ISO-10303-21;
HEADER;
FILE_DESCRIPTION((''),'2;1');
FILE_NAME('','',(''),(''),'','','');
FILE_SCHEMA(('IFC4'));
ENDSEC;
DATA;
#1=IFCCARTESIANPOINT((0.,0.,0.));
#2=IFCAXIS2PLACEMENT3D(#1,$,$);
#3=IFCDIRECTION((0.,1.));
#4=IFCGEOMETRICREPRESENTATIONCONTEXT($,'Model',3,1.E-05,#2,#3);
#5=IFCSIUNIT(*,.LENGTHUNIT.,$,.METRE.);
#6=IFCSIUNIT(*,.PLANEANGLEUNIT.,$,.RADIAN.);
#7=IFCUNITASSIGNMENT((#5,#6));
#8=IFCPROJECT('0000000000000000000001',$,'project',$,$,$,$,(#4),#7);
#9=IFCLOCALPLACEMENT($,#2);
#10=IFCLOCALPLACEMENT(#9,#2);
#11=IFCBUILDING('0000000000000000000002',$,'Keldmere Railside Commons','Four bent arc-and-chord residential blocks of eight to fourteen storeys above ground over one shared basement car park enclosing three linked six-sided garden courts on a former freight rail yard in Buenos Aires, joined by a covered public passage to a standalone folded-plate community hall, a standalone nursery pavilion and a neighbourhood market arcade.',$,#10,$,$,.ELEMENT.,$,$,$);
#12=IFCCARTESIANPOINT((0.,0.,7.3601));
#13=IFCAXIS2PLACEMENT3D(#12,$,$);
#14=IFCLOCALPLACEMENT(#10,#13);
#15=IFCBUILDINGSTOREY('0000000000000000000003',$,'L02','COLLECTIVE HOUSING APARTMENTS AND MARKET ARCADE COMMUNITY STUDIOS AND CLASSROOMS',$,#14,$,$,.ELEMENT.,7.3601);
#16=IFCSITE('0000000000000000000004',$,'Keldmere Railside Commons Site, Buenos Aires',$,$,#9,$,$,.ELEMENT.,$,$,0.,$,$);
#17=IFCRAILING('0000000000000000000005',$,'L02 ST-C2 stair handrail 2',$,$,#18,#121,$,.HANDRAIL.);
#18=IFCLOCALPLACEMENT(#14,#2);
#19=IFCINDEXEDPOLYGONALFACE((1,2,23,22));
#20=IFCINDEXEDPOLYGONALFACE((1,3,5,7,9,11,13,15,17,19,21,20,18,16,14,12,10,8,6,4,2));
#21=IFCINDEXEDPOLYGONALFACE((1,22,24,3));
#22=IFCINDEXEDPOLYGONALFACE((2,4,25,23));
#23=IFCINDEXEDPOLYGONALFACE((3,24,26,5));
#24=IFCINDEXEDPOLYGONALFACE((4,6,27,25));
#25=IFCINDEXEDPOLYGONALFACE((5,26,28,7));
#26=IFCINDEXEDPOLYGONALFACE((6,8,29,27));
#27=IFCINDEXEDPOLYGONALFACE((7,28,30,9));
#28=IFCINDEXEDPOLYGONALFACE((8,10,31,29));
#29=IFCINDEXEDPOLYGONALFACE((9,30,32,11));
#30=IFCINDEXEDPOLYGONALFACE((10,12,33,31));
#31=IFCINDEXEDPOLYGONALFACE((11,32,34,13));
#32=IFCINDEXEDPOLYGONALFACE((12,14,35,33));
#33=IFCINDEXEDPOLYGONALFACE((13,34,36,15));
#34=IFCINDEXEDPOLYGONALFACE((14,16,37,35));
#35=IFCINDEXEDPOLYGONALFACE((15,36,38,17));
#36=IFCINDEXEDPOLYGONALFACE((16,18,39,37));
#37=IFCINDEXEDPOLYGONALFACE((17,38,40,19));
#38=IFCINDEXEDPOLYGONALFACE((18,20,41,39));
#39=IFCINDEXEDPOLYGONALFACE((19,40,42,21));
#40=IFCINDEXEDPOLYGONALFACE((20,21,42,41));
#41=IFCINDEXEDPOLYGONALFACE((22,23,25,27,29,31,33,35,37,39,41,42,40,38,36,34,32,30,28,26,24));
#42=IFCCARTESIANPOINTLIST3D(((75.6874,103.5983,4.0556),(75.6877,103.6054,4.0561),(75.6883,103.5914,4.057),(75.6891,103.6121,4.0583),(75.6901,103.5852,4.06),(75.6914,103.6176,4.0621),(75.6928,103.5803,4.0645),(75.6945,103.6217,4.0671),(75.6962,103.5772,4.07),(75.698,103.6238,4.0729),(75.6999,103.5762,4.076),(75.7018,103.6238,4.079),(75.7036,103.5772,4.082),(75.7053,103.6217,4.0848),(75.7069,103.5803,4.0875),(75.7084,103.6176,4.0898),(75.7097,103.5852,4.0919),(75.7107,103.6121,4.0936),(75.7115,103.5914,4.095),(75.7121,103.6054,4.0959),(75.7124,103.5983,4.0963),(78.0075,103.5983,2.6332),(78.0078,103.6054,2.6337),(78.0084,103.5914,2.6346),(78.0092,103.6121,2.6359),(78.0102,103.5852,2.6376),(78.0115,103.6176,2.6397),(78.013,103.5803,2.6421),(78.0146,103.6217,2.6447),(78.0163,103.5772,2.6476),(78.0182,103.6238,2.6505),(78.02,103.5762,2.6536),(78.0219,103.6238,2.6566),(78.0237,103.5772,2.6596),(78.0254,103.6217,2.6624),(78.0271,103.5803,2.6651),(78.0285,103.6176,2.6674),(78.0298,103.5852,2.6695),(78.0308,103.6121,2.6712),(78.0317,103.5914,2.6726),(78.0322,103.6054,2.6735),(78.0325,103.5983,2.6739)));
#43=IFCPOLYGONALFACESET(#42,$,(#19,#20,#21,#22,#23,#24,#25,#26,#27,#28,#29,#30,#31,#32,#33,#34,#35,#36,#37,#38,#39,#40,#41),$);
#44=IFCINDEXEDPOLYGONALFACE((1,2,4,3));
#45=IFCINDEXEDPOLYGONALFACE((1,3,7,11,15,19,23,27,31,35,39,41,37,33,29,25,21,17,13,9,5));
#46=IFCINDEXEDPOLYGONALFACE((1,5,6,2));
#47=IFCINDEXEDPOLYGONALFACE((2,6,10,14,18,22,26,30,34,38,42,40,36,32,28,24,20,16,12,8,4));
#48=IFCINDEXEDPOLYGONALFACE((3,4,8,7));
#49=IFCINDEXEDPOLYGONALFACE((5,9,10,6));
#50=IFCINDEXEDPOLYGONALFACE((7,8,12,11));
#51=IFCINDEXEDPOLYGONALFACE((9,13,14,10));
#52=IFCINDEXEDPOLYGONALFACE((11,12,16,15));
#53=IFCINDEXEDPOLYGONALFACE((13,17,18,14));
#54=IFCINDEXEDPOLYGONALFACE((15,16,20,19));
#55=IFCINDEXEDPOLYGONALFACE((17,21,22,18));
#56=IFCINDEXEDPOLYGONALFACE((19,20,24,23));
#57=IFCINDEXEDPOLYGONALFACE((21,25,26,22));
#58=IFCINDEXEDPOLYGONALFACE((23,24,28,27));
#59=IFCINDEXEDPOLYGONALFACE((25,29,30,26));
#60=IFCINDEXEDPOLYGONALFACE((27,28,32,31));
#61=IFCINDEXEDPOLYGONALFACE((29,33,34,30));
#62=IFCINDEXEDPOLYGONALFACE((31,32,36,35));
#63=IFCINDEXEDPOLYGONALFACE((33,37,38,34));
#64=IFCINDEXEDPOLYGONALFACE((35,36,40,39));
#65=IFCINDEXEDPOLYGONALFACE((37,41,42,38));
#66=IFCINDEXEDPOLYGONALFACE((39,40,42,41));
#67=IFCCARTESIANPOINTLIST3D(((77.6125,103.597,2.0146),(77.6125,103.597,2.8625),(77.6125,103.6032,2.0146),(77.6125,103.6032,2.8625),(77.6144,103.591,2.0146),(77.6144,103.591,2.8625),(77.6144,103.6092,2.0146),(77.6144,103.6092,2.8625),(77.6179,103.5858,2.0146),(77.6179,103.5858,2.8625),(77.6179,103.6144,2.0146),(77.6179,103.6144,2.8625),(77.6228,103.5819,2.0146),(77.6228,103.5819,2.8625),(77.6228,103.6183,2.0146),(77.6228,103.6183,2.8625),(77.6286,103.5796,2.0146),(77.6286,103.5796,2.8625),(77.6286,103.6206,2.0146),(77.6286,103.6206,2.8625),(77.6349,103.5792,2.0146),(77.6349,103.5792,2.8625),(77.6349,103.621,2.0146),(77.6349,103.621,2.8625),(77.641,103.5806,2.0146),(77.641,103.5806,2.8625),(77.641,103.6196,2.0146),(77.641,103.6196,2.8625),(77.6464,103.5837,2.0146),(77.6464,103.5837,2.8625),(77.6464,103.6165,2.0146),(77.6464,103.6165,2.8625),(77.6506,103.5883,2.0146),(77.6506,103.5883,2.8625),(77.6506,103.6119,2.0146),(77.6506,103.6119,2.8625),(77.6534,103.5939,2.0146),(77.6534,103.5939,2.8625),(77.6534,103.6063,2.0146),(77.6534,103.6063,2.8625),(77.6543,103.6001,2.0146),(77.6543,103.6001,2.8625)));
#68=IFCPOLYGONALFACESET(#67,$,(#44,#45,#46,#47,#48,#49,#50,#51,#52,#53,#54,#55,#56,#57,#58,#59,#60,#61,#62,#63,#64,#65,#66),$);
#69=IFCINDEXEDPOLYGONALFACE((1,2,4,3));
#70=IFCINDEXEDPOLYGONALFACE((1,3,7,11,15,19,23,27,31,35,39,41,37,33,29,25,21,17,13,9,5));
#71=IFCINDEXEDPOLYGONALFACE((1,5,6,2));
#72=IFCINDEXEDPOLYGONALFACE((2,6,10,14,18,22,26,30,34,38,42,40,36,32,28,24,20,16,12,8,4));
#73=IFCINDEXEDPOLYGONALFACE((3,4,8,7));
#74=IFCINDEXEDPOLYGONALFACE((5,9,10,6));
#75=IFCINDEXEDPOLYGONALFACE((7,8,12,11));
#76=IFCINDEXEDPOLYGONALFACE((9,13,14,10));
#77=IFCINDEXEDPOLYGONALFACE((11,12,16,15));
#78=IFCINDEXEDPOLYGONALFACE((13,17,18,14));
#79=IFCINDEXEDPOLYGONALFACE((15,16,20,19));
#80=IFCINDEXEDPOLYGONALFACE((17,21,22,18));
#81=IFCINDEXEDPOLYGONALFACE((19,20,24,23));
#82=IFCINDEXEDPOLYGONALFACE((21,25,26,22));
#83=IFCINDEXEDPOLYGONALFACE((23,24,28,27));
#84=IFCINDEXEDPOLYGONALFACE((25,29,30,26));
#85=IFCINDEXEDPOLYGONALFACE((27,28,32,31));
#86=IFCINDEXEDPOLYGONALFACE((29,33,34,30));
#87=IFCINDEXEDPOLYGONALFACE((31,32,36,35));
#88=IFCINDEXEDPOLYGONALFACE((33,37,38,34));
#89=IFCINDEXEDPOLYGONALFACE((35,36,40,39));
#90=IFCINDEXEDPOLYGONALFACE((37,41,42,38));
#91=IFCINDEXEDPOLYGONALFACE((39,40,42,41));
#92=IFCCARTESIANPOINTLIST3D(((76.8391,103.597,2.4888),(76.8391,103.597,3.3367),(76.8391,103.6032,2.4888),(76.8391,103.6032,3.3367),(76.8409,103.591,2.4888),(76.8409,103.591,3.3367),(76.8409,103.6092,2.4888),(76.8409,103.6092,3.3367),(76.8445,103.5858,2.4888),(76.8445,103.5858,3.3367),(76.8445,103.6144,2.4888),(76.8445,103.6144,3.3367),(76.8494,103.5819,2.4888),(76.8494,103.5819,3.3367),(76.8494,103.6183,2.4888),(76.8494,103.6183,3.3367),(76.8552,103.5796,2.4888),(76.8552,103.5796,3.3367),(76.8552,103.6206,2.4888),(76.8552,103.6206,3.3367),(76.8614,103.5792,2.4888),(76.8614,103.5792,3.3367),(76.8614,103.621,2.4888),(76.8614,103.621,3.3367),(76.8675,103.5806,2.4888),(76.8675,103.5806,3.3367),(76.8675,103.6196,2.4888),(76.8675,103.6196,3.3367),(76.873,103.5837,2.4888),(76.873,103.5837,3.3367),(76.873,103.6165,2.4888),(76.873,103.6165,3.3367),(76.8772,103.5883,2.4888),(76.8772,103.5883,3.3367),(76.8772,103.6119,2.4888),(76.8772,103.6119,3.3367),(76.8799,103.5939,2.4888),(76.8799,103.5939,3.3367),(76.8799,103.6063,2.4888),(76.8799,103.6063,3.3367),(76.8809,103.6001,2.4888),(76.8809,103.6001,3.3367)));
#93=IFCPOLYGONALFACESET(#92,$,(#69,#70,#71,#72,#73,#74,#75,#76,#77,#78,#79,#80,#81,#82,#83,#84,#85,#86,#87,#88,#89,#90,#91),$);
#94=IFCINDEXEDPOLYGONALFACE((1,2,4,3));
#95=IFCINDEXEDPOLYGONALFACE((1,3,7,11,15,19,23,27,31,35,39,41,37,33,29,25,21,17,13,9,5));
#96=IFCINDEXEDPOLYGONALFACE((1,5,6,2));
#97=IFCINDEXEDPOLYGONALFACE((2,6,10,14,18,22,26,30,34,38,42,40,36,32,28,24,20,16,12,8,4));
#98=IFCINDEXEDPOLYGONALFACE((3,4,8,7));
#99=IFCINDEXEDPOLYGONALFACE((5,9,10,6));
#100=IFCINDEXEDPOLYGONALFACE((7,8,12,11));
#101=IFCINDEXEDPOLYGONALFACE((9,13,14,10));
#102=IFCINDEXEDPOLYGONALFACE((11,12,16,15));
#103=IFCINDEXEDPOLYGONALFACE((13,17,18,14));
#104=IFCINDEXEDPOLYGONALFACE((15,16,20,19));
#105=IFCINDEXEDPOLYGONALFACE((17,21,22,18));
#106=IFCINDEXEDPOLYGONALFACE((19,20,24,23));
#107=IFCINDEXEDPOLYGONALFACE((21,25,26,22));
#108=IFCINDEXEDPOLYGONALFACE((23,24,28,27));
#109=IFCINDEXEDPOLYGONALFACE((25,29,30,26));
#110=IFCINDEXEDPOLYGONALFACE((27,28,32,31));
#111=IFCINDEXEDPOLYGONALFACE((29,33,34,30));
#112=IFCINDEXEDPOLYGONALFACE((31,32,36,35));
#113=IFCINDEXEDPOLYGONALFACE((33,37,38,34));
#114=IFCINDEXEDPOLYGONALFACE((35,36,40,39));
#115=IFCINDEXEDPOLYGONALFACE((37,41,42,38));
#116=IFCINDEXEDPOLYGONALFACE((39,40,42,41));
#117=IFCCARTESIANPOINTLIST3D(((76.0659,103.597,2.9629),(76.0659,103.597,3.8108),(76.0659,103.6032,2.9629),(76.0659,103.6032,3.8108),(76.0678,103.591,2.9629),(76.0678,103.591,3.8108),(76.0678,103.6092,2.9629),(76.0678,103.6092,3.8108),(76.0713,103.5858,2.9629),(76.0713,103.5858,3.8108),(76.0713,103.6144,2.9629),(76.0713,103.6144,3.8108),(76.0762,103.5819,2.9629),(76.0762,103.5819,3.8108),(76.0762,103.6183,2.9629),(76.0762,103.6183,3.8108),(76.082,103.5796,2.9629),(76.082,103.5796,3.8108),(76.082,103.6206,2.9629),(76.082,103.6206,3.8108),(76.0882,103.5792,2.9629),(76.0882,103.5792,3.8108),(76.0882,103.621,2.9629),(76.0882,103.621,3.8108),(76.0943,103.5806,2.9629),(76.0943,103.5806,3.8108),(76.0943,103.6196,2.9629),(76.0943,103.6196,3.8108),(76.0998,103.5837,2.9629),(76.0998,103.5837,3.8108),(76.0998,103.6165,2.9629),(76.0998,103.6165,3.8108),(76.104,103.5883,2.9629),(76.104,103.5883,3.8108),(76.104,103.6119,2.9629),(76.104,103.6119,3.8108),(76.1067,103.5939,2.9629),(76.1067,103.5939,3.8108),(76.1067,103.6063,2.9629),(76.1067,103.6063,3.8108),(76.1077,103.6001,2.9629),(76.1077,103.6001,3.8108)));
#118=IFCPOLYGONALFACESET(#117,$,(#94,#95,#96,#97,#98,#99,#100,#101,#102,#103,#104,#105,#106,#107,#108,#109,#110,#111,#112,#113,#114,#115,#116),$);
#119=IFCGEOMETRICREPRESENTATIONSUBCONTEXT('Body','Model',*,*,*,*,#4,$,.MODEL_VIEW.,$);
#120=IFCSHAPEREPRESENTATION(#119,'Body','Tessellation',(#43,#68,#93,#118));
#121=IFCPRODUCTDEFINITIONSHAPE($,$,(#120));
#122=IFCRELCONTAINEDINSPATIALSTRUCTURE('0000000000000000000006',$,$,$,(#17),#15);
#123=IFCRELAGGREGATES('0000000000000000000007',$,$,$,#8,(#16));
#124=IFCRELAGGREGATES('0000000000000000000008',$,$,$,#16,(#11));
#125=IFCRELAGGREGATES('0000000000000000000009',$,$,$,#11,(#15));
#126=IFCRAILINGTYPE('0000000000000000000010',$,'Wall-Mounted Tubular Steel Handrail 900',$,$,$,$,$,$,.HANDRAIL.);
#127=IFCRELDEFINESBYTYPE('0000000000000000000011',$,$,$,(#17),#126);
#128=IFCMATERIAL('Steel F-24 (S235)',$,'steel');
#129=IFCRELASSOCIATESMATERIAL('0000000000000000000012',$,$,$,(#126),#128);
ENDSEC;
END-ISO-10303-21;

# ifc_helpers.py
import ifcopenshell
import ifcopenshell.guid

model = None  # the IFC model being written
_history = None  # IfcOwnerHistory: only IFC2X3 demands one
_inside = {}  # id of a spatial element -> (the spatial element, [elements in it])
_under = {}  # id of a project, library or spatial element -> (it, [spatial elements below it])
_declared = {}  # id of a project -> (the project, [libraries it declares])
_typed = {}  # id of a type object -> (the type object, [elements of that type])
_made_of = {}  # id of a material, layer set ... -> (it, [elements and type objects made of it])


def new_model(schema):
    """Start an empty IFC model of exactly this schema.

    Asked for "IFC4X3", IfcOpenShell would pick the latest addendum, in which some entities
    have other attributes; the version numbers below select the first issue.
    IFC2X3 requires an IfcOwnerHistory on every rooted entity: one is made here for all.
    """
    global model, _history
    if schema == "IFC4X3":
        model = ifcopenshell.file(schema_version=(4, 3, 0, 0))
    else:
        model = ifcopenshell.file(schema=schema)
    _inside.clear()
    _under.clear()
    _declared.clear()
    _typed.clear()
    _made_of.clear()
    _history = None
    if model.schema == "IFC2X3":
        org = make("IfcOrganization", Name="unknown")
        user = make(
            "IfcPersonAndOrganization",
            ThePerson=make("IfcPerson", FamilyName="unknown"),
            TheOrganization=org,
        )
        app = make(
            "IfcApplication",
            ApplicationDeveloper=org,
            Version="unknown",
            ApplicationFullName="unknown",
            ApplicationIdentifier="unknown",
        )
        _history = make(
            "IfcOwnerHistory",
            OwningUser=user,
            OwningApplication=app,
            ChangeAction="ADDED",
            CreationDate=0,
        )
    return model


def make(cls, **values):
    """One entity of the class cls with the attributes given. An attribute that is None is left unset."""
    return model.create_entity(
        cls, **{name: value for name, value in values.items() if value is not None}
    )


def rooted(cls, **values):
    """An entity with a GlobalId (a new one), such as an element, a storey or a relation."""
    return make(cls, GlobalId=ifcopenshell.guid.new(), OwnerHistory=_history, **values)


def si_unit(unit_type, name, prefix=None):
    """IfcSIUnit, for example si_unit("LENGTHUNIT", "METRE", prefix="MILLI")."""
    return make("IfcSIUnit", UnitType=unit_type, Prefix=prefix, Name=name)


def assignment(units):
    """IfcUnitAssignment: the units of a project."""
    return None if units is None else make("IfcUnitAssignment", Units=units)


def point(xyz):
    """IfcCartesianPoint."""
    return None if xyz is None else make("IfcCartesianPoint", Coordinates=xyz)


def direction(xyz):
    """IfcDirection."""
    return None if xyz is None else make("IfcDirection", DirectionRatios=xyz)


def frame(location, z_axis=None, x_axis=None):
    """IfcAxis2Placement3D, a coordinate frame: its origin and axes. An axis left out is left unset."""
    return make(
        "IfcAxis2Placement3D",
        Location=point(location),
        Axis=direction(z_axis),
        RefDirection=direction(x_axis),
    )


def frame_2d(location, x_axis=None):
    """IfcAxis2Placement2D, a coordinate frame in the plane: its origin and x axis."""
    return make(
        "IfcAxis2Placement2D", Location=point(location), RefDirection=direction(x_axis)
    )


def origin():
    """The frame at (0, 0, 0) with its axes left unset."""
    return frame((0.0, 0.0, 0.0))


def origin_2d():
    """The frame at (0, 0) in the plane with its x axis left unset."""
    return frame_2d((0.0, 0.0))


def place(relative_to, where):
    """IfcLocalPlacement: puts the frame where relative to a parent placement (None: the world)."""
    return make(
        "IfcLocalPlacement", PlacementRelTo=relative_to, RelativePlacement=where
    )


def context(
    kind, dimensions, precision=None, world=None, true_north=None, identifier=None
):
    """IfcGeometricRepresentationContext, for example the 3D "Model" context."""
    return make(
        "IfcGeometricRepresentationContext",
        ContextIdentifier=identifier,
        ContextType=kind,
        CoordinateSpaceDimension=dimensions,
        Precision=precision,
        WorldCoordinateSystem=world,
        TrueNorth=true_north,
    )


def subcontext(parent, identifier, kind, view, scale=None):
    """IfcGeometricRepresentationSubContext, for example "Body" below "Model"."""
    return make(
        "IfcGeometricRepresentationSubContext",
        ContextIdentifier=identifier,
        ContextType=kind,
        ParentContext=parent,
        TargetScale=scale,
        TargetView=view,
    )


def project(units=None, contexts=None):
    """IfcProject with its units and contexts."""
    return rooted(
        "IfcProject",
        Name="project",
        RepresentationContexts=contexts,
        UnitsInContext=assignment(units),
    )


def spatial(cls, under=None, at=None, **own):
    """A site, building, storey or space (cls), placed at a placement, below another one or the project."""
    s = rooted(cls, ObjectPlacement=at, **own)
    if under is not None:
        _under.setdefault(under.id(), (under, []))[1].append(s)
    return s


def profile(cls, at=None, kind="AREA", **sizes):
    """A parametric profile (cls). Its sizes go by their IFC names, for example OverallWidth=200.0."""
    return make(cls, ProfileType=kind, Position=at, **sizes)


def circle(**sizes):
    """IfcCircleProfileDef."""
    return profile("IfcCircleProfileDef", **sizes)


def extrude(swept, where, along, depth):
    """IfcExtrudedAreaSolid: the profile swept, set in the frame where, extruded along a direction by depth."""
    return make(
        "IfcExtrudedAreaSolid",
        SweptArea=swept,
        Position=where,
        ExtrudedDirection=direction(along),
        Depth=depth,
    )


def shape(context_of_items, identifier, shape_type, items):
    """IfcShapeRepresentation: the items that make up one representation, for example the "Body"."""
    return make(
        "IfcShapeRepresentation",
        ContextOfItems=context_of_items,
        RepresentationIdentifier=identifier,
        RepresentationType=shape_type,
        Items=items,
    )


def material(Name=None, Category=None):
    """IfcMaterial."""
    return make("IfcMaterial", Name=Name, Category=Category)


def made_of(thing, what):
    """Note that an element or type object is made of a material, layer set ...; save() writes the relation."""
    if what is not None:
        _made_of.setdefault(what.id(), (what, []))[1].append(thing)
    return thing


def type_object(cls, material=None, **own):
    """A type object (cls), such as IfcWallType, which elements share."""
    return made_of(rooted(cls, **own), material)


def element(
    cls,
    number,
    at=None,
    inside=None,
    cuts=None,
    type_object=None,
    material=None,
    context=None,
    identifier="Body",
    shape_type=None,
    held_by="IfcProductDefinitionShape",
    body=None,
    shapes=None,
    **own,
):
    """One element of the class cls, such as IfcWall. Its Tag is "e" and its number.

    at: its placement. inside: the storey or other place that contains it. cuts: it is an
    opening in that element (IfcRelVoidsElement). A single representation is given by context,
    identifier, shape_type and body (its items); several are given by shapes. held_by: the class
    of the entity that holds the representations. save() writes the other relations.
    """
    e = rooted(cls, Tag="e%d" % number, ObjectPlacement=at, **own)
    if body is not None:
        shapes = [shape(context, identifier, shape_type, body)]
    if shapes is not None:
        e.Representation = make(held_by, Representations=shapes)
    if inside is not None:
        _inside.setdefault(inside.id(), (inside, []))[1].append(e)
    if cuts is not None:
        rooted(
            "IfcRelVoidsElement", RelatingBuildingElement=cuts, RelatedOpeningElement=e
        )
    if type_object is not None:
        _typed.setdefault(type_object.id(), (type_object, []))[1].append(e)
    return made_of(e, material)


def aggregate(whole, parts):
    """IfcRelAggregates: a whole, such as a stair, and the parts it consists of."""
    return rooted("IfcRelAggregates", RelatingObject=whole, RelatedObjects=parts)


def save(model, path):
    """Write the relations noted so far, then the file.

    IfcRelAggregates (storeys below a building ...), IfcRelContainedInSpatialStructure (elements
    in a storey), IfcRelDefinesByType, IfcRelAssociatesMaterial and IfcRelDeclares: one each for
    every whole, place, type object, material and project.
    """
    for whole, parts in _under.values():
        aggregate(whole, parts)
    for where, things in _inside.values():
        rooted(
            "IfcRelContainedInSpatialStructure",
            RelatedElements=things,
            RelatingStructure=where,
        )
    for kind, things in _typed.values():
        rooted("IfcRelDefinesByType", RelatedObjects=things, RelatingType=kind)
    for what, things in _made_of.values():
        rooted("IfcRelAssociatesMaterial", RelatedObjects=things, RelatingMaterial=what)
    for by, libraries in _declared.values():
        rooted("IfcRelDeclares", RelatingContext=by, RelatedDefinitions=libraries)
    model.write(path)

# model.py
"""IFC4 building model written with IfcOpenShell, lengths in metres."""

from ifc_helpers import new_model, si_unit, direction, frame, origin, origin_2d, place, context, subcontext, project, spatial, circle, extrude, material, type_object, element, save


model = new_model("IFC4")

# Units and contexts
model_context = context("Model", 3, precision=1e-05, world=origin(), true_north=direction((0.0, 1.0)))
body_context = subcontext(model_context, "Body", "Model", "MODEL_VIEW")
ifc_project = project(units=[si_unit("LENGTHUNIT", "METRE"), si_unit("PLANEANGLEUNIT", "RADIAN")], contexts=[model_context])

# Site, building, storey
site_placement = place(None, origin())
site = spatial("IfcSite", under=ifc_project, at=site_placement, Name="Keldmere Railside Commons Site, Buenos Aires", CompositionType="ELEMENT", RefElevation=0.0)
building_placement = place(site_placement, origin())
building = spatial("IfcBuilding", under=site, at=building_placement, Name="Keldmere Railside Commons", Description="Four bent arc-and-chord residential blocks of eight to fourteen storeys above ground over one shared basement car park enclosing three linked six-sided garden courts on a former freight rail yard in Buenos Aires, joined by a covered public passage to a standalone folded-plate community hall, a standalone nursery pavilion and a neighbourhood market arcade.", CompositionType="ELEMENT")
storey_placement = place(building_placement, frame((0.0, 0.0, 7.3601)))
storey = spatial("IfcBuildingStorey", under=building, at=storey_placement, Name="L02", Description="COLLECTIVE HOUSING APARTMENTS AND MARKET ARCADE COMMUNITY STUDIOS AND CLASSROOMS", CompositionType="ELEMENT", Elevation=7.3601)

# Shared definitions
ifc_material_1 = material(Name="Steel F-24 (S235)", Category="steel")

# Railing
railing_type_1 = type_object("IfcRailingType", Name="Wall-Mounted Tubular Steel Handrail 900", PredefinedType="HANDRAIL", material=ifc_material_1)
railing_1_placement = place(storey_placement, frame((78.02, 103.6001, 1.7776)))
element("IfcRailing", 1, at=railing_1_placement, inside=storey, type_object=railing_type_1, Name="L02 ST-C2 stair handrail 2", PredefinedType="HANDRAIL", context=body_context, shape_type="SweptSolid", body=[
    extrude(circle(Radius=0.0239, at=origin_2d()), frame((0.0, 0.0, 0.876), z_axis=(-0.852538, 0.0, 0.522665), x_axis=(0.0, -1.0, 0.0)), (0.0, 0.0, 1.0), 2.7214),
    extrude(circle(Radius=0.021, at=origin_2d()), frame((-0.3867, 0.0, 0.2371)), (0.0, 0.0, 1.0), 0.8479),
    extrude(circle(Radius=0.021, at=origin_2d()), frame((-1.1602, 0.0, 0.7112)), (0.0, 0.0, 1.0), 0.8479),
    extrude(circle(Radius=0.021, at=origin_2d()), frame((-1.9333, 0.0, 1.1853)), (0.0, 0.0, 1.0), 0.8479),
])

save(model, "model.ifc")
